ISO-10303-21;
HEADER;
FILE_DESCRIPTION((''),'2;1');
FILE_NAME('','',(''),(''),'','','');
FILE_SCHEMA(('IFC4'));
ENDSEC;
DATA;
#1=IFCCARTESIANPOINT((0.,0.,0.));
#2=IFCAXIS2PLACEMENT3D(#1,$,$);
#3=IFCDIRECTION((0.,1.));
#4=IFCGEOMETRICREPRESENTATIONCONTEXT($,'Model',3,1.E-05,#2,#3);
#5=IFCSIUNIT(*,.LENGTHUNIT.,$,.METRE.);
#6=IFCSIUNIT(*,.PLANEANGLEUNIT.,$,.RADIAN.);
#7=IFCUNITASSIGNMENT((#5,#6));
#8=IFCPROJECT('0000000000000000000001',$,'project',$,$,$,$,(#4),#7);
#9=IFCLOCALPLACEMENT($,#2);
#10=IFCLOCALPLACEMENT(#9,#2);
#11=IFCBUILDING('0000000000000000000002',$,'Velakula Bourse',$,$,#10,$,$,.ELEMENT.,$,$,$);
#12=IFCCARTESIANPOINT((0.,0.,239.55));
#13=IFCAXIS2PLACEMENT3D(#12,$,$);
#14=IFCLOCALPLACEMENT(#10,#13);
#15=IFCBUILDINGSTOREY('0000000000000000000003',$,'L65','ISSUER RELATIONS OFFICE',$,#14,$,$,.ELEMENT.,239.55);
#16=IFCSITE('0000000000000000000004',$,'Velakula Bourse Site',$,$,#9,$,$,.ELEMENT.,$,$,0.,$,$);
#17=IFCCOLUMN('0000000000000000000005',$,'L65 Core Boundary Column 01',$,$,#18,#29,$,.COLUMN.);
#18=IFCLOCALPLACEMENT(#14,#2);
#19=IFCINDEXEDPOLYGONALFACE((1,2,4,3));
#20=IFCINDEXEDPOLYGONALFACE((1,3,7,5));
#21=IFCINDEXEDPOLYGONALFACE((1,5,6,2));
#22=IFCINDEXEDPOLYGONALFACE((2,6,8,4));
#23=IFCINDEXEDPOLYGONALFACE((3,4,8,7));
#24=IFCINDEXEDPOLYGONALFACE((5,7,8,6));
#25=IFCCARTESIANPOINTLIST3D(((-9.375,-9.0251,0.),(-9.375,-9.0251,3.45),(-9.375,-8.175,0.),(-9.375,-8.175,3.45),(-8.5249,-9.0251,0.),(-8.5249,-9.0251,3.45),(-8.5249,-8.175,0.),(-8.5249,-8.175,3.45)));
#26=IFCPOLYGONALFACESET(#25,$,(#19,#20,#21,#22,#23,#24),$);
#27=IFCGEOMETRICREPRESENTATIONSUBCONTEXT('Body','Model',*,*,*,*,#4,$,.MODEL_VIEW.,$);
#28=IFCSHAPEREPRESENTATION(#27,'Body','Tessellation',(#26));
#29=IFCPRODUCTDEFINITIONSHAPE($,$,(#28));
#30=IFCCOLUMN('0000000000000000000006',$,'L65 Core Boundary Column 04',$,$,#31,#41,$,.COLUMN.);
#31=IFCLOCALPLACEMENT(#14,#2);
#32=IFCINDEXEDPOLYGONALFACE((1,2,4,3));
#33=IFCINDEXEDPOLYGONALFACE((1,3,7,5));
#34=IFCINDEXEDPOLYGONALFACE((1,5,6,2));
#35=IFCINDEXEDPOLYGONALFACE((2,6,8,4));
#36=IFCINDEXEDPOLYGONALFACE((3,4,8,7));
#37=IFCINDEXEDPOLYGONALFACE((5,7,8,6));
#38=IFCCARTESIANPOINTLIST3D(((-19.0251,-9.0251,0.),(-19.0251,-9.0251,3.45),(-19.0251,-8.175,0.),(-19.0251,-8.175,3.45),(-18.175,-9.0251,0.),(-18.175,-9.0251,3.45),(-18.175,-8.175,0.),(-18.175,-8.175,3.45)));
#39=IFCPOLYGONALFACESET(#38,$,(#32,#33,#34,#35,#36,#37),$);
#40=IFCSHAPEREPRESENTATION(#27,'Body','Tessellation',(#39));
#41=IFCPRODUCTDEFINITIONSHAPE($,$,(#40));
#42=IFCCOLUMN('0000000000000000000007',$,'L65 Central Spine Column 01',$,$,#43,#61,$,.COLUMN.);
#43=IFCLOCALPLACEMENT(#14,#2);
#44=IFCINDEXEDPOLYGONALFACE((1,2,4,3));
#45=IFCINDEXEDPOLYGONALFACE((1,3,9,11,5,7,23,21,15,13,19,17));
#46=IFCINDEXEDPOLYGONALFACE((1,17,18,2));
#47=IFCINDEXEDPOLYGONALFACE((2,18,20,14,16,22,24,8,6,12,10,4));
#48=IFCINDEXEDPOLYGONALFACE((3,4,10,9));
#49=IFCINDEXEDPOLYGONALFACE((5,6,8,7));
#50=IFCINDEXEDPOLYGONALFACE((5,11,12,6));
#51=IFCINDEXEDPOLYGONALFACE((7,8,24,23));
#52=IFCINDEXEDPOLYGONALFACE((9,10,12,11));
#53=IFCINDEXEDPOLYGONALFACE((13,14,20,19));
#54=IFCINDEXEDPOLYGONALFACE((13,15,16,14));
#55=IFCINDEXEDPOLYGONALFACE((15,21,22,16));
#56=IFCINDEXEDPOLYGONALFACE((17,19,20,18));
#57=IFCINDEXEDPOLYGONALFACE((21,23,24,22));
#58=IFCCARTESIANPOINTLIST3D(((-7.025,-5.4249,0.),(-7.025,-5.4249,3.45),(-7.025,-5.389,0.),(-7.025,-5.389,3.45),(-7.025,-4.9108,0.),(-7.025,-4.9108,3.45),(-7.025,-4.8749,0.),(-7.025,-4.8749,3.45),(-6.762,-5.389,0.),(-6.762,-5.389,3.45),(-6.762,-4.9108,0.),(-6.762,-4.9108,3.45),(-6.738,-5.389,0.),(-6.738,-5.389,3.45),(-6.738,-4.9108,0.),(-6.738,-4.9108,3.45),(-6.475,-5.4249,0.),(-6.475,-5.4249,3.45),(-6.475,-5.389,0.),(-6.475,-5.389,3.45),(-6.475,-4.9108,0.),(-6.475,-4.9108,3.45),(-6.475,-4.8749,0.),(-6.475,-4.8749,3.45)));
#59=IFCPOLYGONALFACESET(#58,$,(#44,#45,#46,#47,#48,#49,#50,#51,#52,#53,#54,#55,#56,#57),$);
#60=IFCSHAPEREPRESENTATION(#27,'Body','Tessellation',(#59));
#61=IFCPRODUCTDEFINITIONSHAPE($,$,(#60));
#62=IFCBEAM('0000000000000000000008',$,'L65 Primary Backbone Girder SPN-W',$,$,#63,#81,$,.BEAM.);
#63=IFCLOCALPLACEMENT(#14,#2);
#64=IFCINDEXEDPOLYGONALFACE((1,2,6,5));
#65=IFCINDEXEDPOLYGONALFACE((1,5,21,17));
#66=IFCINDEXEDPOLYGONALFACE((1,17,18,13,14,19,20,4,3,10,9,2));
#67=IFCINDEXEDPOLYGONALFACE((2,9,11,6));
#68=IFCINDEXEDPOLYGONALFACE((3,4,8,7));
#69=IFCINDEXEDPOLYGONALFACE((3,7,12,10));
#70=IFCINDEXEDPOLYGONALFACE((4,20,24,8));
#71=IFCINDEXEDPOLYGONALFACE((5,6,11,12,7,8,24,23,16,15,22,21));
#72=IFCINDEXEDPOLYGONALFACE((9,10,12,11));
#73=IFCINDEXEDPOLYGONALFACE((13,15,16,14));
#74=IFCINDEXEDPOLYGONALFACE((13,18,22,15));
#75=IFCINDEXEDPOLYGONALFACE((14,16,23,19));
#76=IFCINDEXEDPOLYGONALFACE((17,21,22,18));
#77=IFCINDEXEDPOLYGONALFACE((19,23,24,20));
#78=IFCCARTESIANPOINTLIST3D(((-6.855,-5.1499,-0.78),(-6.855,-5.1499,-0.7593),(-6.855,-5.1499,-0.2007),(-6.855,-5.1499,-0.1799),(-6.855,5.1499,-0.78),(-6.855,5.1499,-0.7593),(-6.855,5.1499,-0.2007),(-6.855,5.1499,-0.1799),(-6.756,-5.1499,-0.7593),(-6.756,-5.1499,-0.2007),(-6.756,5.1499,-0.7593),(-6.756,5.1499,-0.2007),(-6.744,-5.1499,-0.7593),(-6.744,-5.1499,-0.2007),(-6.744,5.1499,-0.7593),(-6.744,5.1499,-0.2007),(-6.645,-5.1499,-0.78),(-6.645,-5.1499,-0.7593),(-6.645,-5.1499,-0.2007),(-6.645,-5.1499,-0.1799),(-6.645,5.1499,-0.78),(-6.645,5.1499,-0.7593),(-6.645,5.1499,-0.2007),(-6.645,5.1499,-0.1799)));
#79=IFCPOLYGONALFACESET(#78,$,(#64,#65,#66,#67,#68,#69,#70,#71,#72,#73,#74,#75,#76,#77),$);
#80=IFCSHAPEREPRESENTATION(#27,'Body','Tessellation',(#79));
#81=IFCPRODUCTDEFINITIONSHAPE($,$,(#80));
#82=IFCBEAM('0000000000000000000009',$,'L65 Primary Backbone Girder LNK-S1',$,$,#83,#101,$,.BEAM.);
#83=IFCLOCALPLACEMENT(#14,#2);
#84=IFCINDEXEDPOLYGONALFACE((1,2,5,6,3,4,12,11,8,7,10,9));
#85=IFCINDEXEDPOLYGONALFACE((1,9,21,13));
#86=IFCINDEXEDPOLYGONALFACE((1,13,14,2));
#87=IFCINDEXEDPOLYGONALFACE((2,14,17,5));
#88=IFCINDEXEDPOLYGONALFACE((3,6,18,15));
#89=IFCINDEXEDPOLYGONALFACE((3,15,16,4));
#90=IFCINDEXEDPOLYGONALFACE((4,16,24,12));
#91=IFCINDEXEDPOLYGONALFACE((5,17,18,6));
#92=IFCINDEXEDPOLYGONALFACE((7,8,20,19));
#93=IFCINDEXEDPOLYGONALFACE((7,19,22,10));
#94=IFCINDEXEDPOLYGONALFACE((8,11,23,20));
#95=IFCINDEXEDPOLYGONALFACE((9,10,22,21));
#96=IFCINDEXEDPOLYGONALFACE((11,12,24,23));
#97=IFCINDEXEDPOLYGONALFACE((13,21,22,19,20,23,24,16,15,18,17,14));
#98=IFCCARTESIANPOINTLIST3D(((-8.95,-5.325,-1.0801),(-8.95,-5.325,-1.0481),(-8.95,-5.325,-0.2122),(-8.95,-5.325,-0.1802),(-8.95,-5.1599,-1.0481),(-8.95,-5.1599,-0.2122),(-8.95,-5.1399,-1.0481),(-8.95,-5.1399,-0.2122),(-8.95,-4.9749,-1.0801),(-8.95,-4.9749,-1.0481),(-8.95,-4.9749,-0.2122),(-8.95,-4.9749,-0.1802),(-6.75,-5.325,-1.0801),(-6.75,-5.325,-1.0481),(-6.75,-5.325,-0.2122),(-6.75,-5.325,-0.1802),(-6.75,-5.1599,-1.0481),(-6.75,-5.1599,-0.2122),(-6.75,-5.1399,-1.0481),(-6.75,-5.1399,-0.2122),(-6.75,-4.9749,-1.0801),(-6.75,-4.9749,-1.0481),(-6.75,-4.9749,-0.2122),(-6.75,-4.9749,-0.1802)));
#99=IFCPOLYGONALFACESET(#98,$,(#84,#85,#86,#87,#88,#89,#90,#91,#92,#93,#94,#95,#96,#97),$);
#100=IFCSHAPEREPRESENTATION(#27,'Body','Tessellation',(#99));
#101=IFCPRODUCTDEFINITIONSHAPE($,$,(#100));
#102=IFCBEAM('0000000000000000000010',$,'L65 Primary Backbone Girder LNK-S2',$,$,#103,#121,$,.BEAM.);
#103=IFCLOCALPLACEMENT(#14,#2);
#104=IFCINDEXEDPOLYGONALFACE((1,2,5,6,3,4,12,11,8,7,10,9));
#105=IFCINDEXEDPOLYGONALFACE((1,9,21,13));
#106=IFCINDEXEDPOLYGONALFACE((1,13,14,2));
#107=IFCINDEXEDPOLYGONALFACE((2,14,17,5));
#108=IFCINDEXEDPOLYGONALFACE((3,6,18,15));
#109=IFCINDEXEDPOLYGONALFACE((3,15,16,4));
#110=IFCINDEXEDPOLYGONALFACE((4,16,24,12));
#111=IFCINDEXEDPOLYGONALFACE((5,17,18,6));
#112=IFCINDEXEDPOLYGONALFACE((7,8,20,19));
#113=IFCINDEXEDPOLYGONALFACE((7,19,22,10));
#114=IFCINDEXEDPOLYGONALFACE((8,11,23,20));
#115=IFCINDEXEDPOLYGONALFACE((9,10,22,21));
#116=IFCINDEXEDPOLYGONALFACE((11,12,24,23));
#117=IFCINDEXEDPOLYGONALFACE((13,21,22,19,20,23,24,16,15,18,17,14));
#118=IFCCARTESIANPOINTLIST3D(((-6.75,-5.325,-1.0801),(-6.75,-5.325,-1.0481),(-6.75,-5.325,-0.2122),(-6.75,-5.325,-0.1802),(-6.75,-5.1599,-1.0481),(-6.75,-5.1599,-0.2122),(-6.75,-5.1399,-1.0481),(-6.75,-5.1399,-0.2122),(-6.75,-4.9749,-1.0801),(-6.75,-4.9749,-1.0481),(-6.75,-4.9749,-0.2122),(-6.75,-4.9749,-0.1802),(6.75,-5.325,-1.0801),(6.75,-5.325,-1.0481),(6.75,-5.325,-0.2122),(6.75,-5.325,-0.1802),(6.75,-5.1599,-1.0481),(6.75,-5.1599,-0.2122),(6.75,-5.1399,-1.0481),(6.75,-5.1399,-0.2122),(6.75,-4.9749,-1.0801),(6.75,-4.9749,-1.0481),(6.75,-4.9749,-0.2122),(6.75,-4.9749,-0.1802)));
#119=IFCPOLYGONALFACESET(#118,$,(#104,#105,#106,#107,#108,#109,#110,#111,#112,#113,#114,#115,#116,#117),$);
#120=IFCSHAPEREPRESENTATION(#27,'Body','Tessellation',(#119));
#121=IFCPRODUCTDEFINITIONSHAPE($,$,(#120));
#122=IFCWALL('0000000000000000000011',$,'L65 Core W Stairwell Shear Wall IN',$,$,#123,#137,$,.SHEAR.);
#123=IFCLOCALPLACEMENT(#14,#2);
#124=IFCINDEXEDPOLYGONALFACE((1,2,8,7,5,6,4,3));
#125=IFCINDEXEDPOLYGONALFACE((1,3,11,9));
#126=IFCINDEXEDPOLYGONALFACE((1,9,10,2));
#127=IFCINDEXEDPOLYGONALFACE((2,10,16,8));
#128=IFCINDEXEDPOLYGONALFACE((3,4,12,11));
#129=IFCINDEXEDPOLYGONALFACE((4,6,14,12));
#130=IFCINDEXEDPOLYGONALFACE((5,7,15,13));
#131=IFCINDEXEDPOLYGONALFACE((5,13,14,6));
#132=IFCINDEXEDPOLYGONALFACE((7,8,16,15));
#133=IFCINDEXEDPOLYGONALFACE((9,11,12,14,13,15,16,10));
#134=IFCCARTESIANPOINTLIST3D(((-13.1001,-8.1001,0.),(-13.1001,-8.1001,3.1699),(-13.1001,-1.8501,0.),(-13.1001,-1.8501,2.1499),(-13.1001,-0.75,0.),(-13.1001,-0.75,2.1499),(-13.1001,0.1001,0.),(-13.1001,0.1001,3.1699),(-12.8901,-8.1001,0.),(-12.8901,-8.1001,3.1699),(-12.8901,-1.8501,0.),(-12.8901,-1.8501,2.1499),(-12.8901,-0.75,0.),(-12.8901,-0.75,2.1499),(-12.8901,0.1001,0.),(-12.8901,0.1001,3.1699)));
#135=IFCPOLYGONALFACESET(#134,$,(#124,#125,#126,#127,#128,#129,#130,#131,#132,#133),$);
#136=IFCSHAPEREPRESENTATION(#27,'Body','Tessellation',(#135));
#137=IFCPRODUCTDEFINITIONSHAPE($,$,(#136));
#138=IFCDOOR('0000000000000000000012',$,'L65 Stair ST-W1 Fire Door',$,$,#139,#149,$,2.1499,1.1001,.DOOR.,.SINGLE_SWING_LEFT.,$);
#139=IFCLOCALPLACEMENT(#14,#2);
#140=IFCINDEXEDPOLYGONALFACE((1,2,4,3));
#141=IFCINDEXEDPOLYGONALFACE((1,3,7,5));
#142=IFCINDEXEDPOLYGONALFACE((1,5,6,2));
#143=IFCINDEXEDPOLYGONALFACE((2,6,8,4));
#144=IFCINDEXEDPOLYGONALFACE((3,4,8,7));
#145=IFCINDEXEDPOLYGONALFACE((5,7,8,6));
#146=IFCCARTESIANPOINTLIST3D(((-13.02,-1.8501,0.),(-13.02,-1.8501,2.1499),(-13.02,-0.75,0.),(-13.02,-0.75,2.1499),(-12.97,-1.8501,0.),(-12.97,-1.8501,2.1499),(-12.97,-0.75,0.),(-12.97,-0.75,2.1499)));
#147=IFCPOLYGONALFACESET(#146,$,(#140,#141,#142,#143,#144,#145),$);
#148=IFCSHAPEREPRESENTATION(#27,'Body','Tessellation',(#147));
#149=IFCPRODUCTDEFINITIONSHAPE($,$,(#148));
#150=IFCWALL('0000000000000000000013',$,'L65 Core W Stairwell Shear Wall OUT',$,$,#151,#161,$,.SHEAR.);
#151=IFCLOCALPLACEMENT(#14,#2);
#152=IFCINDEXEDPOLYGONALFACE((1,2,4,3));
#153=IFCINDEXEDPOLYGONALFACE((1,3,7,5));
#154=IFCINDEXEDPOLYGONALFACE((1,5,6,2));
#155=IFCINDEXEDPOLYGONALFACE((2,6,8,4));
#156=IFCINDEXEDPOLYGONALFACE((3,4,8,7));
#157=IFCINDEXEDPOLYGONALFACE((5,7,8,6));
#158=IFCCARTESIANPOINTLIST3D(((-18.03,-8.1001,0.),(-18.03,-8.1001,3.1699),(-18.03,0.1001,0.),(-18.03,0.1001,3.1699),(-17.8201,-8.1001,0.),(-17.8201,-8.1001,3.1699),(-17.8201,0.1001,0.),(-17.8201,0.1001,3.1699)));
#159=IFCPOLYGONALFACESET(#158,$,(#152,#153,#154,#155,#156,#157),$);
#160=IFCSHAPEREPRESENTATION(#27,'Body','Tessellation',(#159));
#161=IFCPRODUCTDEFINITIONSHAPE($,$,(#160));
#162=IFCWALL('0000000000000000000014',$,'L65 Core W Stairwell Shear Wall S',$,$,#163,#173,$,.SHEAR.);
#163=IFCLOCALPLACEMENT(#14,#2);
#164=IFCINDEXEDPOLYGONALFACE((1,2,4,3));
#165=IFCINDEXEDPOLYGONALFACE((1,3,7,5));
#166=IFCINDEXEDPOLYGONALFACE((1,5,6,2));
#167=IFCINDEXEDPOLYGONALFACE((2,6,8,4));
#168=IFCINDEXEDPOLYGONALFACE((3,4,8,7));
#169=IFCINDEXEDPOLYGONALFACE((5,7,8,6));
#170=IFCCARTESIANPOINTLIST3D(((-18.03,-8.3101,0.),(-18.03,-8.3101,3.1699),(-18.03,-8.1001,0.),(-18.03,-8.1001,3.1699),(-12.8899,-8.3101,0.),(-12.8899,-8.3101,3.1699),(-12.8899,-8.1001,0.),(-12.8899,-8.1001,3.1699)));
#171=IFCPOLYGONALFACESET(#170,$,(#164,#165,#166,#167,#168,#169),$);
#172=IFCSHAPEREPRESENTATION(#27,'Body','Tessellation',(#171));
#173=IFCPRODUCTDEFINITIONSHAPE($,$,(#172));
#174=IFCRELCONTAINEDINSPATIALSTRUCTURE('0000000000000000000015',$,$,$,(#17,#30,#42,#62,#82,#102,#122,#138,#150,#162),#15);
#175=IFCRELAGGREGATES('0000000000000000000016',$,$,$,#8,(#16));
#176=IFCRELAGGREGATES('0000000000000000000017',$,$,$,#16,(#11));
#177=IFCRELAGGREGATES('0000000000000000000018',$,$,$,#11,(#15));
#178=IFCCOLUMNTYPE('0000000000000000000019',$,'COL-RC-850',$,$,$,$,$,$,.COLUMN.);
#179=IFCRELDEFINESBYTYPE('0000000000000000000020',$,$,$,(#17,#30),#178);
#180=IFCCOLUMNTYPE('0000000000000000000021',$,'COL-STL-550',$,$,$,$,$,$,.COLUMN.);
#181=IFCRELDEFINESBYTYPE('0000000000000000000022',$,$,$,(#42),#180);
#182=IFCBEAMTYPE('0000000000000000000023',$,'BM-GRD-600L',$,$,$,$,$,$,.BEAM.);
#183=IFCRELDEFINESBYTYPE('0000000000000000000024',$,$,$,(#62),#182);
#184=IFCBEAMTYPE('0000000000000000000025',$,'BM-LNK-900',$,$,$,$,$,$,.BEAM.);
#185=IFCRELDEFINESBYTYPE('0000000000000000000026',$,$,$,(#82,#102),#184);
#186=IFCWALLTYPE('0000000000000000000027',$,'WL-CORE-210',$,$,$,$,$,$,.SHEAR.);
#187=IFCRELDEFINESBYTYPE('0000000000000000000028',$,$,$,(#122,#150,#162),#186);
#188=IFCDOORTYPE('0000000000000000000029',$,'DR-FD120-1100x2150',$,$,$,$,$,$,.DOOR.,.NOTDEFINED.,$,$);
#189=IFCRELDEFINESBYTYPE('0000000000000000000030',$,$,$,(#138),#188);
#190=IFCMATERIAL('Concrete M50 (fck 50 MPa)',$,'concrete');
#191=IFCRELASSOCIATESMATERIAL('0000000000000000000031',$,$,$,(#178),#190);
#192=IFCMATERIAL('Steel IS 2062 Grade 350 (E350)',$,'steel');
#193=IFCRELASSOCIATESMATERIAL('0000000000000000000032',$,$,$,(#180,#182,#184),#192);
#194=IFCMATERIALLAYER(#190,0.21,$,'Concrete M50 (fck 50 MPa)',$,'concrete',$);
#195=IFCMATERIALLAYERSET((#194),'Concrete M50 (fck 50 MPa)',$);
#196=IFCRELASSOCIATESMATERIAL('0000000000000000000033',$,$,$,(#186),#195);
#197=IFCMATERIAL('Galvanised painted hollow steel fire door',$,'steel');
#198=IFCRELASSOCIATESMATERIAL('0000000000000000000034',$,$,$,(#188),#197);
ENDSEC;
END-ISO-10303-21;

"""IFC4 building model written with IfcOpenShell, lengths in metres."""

from ifc_helpers import new_model, si_unit, direction, frame, frame_2d, origin, origin_2d, place, context, subcontext, project, spatial, rectangle, i_section, extrude, material, layer, layer_set, material_profile, profile_set, type_object, element, fill, save


model = new_model("IFC4")

# Units and contexts
model_context = context("Model", 3, precision=1e-05, world=origin(), true_north=direction((0.0, 1.0)))
body_context = subcontext(model_context, "Body", "Model", "MODEL_VIEW")
ifc_project = project(units=[si_unit("LENGTHUNIT", "METRE"), si_unit("PLANEANGLEUNIT", "RADIAN")], contexts=[model_context])

# Site, building, storey
site_placement = place(None, origin())
site = spatial("IfcSite", under=ifc_project, at=site_placement, Name="Velakula Bourse Site", CompositionType="ELEMENT", RefElevation=0.0)
building_placement = place(site_placement, origin())
building = spatial("IfcBuilding", under=site, at=building_placement, Name="Velakula Bourse", CompositionType="ELEMENT")
storey_placement = place(building_placement, frame((0.0, 0.0, 239.55)))
storey = spatial("IfcBuildingStorey", under=building, at=storey_placement, Name="L65", Description="ISSUER RELATIONS OFFICE", CompositionType="ELEMENT", Elevation=239.55)

# Columns
ifc_material_1 = material(Name="Concrete M50 (fck 50 MPa)", Category="concrete")
ifc_material_profile_1 = material_profile(ifc_material_1, rectangle(XDim=0.8501, YDim=0.8501, at=origin_2d()), Name="Concrete M50 (fck 50 MPa)")
ifc_profile_set_1 = profile_set([ifc_material_profile_1], Name="Concrete M50 (fck 50 MPa)")
column_type_1 = type_object("IfcColumnType", Name="COL-RC-850", PredefinedType="COLUMN", material=ifc_profile_set_1)
for number, where, z_axis, x_axis, name in (
    (1, (-8.95, -8.6001, 0.0), (0.0, 0.0, 1.0), (1.0, 0.0, 0.0), "L65 Core Boundary Column 01"),
    (2, (-18.6001, -8.6001, 0.0), (0.0, 0.0, 1.0), (1.0, 0.0, 0.0), "L65 Core Boundary Column 04"),
):
    element("IfcColumn", number, at=place(storey_placement, frame(where, z_axis=z_axis, x_axis=x_axis)), inside=storey, type_object=column_type_1, Name=name, PredefinedType="COLUMN", context=body_context, shape_type="SweptSolid", body=[
        extrude(rectangle(XDim=0.8501, YDim=0.8501, at=origin_2d()), origin(), (0.0, 0.0, 1.0), 3.45),
    ])
ifc_material_2 = material(Name="Steel IS 2062 Grade 350 (E350)", Category="steel")
ifc_material_profile_2 = material_profile(ifc_material_2, i_section(OverallWidth=0.55, OverallDepth=0.55, WebThickness=0.0239, FlangeThickness=0.0359, at=origin_2d()), Name="Steel IS 2062 Grade 350 (E350)")
ifc_profile_set_2 = profile_set([ifc_material_profile_2], Name="Steel IS 2062 Grade 350 (E350)")
column_type_2 = type_object("IfcColumnType", Name="COL-STL-550", PredefinedType="COLUMN", material=ifc_profile_set_2)
column_placement = place(storey_placement, frame((-6.75, -5.1499, 0.0), z_axis=(0.0, 0.0, 1.0), x_axis=(1.0, 0.0, 0.0)))
element("IfcColumn", 3, at=column_placement, inside=storey, type_object=column_type_2, Name="L65 Central Spine Column 01", PredefinedType="COLUMN", context=body_context, shape_type="SweptSolid", body=[
    extrude(i_section(OverallWidth=0.55, OverallDepth=0.55, WebThickness=0.0239, FlangeThickness=0.0359, at=origin_2d()), origin(), (0.0, 0.0, 1.0), 3.45),
])

# Beams
ifc_material_profile_3 = material_profile(ifc_material_2, i_section(OverallWidth=0.21, OverallDepth=0.6001, WebThickness=0.012, FlangeThickness=0.0208, at=origin_2d()), Name="Steel IS 2062 Grade 350 (E350)")
ifc_profile_set_3 = profile_set([ifc_material_profile_3], Name="Steel IS 2062 Grade 350 (E350)")
beam_type_1 = type_object("IfcBeamType", Name="BM-GRD-600L", PredefinedType="BEAM", material=ifc_profile_set_3)
beam_1_placement = place(storey_placement, frame((-6.75, -5.1499, -0.48), z_axis=(0.0, 1.0, 0.0), x_axis=(-1.0, 0.0, 0.0)))
element("IfcBeam", 4, at=beam_1_placement, inside=storey, type_object=beam_type_1, Name="L65 Primary Backbone Girder SPN-W", PredefinedType="BEAM", context=body_context, shape_type="SweptSolid", body=[
    extrude(i_section(OverallWidth=0.21, OverallDepth=0.6001, WebThickness=0.012, FlangeThickness=0.0208, at=origin_2d()), origin(), (0.0, 0.0, 1.0), 10.2998),
])
ifc_material_profile_4 = material_profile(ifc_material_2, i_section(OverallWidth=0.3501, OverallDepth=0.8999, WebThickness=0.02, FlangeThickness=0.032, at=origin_2d()), Name="Steel IS 2062 Grade 350 (E350)")
ifc_profile_set_4 = profile_set([ifc_material_profile_4], Name="Steel IS 2062 Grade 350 (E350)")
beam_type_2 = type_object("IfcBeamType", Name="BM-LNK-900", PredefinedType="BEAM", material=ifc_profile_set_4)
beam_2_placement = place(storey_placement, frame((-8.95, -5.1499, -0.6301), z_axis=(1.0, 0.0, 0.0), x_axis=(0.0, 1.0, 0.0)))
element("IfcBeam", 5, at=beam_2_placement, inside=storey, type_object=beam_type_2, Name="L65 Primary Backbone Girder LNK-S1", PredefinedType="BEAM", context=body_context, shape_type="SweptSolid", body=[
    extrude(i_section(OverallWidth=0.3501, OverallDepth=0.8999, WebThickness=0.02, FlangeThickness=0.032, at=origin_2d()), origin(), (0.0, 0.0, 1.0), 2.2),
])
beam_3_placement = place(storey_placement, frame((-6.75, -5.1499, -0.6301), z_axis=(1.0, 0.0, 0.0), x_axis=(0.0, 1.0, 0.0)))
element("IfcBeam", 6, at=beam_3_placement, inside=storey, type_object=beam_type_2, Name="L65 Primary Backbone Girder LNK-S2", PredefinedType="BEAM", context=body_context, shape_type="SweptSolid", body=[
    extrude(i_section(OverallWidth=0.3501, OverallDepth=0.8999, WebThickness=0.02, FlangeThickness=0.032, at=origin_2d()), origin(), (0.0, 0.0, 1.0), 13.5),
])

# Wall, opening, door
ifc_layer_1 = layer(ifc_material_1, 0.21, Name="Concrete M50 (fck 50 MPa)", Category="concrete")
ifc_layer_set_1 = layer_set([ifc_layer_1], Name="Concrete M50 (fck 50 MPa)")
wall_type_1 = type_object("IfcWallType", Name="WL-CORE-210", PredefinedType="SHEAR", material=ifc_layer_set_1)
wall_1_placement = place(storey_placement, frame((-12.9951, -8.1001, 0.0), z_axis=(0.0, 0.0, 1.0), x_axis=(0.0, 1.0, 0.0)))
wall_1 = element("IfcWall", 7, at=wall_1_placement, inside=storey, type_object=wall_type_1, Name="L65 Core W Stairwell Shear Wall IN", PredefinedType="SHEAR", context=body_context, shape_type="SweptSolid", body=[
    extrude(rectangle(XDim=8.2002, YDim=0.21, at=frame_2d((4.1001, 0.0))), origin(), (0.0, 0.0, 1.0), 3.1699),
])
opening_1_placement = place(wall_1_placement, frame((6.25, 0.0, 0.0)))
opening_1 = element("IfcOpeningElement", 8, at=opening_1_placement, cuts=wall_1, PredefinedType="OPENING", context=body_context, shape_type="SweptSolid", body=[
    extrude(rectangle(XDim=1.1001, YDim=2.1499, at=frame_2d((0.55, 1.075))), frame((0.0, 0.115, 0.0), z_axis=(0.0, -1.0, 0.0), x_axis=(1.0, 0.0, 0.0)), (0.0, 0.0, 1.0), 0.23),
])
ifc_material_3 = material(Name="Galvanised painted hollow steel fire door", Category="steel")
door_type_1 = type_object("IfcDoorType", Name="DR-FD120-1100x2150", OperationType="NOTDEFINED", PredefinedType="DOOR", material=ifc_material_3)
door_1_placement = place(opening_1_placement, origin())
door_1 = element("IfcDoor", 9, at=door_1_placement, inside=storey, type_object=door_type_1, Name="L65 Stair ST-W1 Fire Door", OperationType="SINGLE_SWING_LEFT", OverallHeight=2.1499, OverallWidth=1.1001, PredefinedType="DOOR", context=body_context, shape_type="SweptSolid", body=[
    extrude(rectangle(XDim=1.1001, YDim=2.1499, at=frame_2d((0.55, 1.075))), frame((0.0, 0.0249, 0.0), z_axis=(0.0, -1.0, 0.0), x_axis=(1.0, 0.0, 0.0)), (0.0, 0.0, 1.0), 0.05),
])
fill(opening_1, door_1)

# Walls
wall_2_placement = place(storey_placement, frame((-17.925, -8.1001, 0.0), z_axis=(0.0, 0.0, 1.0), x_axis=(0.0, 1.0, 0.0)))
element("IfcWall", 10, at=wall_2_placement, inside=storey, type_object=wall_type_1, Name="L65 Core W Stairwell Shear Wall OUT", PredefinedType="SHEAR", context=body_context, shape_type="SweptSolid", body=[
    extrude(rectangle(XDim=8.2002, YDim=0.21, at=frame_2d((4.1001, 0.0))), origin(), (0.0, 0.0, 1.0), 3.1699),
])
wall_3_placement = place(storey_placement, frame((-18.03, -8.2051, 0.0), z_axis=(0.0, 0.0, 1.0), x_axis=(1.0, 0.0, 0.0)))
element("IfcWall", 11, at=wall_3_placement, inside=storey, type_object=wall_type_1, Name="L65 Core W Stairwell Shear Wall S", PredefinedType="SHEAR", context=body_context, shape_type="SweptSolid", body=[
    extrude(rectangle(XDim=5.1401, YDim=0.21, at=frame_2d((2.5701, 0.0))), origin(), (0.0, 0.0, 1.0), 3.1699),
])

save(model, "model.ifc")
